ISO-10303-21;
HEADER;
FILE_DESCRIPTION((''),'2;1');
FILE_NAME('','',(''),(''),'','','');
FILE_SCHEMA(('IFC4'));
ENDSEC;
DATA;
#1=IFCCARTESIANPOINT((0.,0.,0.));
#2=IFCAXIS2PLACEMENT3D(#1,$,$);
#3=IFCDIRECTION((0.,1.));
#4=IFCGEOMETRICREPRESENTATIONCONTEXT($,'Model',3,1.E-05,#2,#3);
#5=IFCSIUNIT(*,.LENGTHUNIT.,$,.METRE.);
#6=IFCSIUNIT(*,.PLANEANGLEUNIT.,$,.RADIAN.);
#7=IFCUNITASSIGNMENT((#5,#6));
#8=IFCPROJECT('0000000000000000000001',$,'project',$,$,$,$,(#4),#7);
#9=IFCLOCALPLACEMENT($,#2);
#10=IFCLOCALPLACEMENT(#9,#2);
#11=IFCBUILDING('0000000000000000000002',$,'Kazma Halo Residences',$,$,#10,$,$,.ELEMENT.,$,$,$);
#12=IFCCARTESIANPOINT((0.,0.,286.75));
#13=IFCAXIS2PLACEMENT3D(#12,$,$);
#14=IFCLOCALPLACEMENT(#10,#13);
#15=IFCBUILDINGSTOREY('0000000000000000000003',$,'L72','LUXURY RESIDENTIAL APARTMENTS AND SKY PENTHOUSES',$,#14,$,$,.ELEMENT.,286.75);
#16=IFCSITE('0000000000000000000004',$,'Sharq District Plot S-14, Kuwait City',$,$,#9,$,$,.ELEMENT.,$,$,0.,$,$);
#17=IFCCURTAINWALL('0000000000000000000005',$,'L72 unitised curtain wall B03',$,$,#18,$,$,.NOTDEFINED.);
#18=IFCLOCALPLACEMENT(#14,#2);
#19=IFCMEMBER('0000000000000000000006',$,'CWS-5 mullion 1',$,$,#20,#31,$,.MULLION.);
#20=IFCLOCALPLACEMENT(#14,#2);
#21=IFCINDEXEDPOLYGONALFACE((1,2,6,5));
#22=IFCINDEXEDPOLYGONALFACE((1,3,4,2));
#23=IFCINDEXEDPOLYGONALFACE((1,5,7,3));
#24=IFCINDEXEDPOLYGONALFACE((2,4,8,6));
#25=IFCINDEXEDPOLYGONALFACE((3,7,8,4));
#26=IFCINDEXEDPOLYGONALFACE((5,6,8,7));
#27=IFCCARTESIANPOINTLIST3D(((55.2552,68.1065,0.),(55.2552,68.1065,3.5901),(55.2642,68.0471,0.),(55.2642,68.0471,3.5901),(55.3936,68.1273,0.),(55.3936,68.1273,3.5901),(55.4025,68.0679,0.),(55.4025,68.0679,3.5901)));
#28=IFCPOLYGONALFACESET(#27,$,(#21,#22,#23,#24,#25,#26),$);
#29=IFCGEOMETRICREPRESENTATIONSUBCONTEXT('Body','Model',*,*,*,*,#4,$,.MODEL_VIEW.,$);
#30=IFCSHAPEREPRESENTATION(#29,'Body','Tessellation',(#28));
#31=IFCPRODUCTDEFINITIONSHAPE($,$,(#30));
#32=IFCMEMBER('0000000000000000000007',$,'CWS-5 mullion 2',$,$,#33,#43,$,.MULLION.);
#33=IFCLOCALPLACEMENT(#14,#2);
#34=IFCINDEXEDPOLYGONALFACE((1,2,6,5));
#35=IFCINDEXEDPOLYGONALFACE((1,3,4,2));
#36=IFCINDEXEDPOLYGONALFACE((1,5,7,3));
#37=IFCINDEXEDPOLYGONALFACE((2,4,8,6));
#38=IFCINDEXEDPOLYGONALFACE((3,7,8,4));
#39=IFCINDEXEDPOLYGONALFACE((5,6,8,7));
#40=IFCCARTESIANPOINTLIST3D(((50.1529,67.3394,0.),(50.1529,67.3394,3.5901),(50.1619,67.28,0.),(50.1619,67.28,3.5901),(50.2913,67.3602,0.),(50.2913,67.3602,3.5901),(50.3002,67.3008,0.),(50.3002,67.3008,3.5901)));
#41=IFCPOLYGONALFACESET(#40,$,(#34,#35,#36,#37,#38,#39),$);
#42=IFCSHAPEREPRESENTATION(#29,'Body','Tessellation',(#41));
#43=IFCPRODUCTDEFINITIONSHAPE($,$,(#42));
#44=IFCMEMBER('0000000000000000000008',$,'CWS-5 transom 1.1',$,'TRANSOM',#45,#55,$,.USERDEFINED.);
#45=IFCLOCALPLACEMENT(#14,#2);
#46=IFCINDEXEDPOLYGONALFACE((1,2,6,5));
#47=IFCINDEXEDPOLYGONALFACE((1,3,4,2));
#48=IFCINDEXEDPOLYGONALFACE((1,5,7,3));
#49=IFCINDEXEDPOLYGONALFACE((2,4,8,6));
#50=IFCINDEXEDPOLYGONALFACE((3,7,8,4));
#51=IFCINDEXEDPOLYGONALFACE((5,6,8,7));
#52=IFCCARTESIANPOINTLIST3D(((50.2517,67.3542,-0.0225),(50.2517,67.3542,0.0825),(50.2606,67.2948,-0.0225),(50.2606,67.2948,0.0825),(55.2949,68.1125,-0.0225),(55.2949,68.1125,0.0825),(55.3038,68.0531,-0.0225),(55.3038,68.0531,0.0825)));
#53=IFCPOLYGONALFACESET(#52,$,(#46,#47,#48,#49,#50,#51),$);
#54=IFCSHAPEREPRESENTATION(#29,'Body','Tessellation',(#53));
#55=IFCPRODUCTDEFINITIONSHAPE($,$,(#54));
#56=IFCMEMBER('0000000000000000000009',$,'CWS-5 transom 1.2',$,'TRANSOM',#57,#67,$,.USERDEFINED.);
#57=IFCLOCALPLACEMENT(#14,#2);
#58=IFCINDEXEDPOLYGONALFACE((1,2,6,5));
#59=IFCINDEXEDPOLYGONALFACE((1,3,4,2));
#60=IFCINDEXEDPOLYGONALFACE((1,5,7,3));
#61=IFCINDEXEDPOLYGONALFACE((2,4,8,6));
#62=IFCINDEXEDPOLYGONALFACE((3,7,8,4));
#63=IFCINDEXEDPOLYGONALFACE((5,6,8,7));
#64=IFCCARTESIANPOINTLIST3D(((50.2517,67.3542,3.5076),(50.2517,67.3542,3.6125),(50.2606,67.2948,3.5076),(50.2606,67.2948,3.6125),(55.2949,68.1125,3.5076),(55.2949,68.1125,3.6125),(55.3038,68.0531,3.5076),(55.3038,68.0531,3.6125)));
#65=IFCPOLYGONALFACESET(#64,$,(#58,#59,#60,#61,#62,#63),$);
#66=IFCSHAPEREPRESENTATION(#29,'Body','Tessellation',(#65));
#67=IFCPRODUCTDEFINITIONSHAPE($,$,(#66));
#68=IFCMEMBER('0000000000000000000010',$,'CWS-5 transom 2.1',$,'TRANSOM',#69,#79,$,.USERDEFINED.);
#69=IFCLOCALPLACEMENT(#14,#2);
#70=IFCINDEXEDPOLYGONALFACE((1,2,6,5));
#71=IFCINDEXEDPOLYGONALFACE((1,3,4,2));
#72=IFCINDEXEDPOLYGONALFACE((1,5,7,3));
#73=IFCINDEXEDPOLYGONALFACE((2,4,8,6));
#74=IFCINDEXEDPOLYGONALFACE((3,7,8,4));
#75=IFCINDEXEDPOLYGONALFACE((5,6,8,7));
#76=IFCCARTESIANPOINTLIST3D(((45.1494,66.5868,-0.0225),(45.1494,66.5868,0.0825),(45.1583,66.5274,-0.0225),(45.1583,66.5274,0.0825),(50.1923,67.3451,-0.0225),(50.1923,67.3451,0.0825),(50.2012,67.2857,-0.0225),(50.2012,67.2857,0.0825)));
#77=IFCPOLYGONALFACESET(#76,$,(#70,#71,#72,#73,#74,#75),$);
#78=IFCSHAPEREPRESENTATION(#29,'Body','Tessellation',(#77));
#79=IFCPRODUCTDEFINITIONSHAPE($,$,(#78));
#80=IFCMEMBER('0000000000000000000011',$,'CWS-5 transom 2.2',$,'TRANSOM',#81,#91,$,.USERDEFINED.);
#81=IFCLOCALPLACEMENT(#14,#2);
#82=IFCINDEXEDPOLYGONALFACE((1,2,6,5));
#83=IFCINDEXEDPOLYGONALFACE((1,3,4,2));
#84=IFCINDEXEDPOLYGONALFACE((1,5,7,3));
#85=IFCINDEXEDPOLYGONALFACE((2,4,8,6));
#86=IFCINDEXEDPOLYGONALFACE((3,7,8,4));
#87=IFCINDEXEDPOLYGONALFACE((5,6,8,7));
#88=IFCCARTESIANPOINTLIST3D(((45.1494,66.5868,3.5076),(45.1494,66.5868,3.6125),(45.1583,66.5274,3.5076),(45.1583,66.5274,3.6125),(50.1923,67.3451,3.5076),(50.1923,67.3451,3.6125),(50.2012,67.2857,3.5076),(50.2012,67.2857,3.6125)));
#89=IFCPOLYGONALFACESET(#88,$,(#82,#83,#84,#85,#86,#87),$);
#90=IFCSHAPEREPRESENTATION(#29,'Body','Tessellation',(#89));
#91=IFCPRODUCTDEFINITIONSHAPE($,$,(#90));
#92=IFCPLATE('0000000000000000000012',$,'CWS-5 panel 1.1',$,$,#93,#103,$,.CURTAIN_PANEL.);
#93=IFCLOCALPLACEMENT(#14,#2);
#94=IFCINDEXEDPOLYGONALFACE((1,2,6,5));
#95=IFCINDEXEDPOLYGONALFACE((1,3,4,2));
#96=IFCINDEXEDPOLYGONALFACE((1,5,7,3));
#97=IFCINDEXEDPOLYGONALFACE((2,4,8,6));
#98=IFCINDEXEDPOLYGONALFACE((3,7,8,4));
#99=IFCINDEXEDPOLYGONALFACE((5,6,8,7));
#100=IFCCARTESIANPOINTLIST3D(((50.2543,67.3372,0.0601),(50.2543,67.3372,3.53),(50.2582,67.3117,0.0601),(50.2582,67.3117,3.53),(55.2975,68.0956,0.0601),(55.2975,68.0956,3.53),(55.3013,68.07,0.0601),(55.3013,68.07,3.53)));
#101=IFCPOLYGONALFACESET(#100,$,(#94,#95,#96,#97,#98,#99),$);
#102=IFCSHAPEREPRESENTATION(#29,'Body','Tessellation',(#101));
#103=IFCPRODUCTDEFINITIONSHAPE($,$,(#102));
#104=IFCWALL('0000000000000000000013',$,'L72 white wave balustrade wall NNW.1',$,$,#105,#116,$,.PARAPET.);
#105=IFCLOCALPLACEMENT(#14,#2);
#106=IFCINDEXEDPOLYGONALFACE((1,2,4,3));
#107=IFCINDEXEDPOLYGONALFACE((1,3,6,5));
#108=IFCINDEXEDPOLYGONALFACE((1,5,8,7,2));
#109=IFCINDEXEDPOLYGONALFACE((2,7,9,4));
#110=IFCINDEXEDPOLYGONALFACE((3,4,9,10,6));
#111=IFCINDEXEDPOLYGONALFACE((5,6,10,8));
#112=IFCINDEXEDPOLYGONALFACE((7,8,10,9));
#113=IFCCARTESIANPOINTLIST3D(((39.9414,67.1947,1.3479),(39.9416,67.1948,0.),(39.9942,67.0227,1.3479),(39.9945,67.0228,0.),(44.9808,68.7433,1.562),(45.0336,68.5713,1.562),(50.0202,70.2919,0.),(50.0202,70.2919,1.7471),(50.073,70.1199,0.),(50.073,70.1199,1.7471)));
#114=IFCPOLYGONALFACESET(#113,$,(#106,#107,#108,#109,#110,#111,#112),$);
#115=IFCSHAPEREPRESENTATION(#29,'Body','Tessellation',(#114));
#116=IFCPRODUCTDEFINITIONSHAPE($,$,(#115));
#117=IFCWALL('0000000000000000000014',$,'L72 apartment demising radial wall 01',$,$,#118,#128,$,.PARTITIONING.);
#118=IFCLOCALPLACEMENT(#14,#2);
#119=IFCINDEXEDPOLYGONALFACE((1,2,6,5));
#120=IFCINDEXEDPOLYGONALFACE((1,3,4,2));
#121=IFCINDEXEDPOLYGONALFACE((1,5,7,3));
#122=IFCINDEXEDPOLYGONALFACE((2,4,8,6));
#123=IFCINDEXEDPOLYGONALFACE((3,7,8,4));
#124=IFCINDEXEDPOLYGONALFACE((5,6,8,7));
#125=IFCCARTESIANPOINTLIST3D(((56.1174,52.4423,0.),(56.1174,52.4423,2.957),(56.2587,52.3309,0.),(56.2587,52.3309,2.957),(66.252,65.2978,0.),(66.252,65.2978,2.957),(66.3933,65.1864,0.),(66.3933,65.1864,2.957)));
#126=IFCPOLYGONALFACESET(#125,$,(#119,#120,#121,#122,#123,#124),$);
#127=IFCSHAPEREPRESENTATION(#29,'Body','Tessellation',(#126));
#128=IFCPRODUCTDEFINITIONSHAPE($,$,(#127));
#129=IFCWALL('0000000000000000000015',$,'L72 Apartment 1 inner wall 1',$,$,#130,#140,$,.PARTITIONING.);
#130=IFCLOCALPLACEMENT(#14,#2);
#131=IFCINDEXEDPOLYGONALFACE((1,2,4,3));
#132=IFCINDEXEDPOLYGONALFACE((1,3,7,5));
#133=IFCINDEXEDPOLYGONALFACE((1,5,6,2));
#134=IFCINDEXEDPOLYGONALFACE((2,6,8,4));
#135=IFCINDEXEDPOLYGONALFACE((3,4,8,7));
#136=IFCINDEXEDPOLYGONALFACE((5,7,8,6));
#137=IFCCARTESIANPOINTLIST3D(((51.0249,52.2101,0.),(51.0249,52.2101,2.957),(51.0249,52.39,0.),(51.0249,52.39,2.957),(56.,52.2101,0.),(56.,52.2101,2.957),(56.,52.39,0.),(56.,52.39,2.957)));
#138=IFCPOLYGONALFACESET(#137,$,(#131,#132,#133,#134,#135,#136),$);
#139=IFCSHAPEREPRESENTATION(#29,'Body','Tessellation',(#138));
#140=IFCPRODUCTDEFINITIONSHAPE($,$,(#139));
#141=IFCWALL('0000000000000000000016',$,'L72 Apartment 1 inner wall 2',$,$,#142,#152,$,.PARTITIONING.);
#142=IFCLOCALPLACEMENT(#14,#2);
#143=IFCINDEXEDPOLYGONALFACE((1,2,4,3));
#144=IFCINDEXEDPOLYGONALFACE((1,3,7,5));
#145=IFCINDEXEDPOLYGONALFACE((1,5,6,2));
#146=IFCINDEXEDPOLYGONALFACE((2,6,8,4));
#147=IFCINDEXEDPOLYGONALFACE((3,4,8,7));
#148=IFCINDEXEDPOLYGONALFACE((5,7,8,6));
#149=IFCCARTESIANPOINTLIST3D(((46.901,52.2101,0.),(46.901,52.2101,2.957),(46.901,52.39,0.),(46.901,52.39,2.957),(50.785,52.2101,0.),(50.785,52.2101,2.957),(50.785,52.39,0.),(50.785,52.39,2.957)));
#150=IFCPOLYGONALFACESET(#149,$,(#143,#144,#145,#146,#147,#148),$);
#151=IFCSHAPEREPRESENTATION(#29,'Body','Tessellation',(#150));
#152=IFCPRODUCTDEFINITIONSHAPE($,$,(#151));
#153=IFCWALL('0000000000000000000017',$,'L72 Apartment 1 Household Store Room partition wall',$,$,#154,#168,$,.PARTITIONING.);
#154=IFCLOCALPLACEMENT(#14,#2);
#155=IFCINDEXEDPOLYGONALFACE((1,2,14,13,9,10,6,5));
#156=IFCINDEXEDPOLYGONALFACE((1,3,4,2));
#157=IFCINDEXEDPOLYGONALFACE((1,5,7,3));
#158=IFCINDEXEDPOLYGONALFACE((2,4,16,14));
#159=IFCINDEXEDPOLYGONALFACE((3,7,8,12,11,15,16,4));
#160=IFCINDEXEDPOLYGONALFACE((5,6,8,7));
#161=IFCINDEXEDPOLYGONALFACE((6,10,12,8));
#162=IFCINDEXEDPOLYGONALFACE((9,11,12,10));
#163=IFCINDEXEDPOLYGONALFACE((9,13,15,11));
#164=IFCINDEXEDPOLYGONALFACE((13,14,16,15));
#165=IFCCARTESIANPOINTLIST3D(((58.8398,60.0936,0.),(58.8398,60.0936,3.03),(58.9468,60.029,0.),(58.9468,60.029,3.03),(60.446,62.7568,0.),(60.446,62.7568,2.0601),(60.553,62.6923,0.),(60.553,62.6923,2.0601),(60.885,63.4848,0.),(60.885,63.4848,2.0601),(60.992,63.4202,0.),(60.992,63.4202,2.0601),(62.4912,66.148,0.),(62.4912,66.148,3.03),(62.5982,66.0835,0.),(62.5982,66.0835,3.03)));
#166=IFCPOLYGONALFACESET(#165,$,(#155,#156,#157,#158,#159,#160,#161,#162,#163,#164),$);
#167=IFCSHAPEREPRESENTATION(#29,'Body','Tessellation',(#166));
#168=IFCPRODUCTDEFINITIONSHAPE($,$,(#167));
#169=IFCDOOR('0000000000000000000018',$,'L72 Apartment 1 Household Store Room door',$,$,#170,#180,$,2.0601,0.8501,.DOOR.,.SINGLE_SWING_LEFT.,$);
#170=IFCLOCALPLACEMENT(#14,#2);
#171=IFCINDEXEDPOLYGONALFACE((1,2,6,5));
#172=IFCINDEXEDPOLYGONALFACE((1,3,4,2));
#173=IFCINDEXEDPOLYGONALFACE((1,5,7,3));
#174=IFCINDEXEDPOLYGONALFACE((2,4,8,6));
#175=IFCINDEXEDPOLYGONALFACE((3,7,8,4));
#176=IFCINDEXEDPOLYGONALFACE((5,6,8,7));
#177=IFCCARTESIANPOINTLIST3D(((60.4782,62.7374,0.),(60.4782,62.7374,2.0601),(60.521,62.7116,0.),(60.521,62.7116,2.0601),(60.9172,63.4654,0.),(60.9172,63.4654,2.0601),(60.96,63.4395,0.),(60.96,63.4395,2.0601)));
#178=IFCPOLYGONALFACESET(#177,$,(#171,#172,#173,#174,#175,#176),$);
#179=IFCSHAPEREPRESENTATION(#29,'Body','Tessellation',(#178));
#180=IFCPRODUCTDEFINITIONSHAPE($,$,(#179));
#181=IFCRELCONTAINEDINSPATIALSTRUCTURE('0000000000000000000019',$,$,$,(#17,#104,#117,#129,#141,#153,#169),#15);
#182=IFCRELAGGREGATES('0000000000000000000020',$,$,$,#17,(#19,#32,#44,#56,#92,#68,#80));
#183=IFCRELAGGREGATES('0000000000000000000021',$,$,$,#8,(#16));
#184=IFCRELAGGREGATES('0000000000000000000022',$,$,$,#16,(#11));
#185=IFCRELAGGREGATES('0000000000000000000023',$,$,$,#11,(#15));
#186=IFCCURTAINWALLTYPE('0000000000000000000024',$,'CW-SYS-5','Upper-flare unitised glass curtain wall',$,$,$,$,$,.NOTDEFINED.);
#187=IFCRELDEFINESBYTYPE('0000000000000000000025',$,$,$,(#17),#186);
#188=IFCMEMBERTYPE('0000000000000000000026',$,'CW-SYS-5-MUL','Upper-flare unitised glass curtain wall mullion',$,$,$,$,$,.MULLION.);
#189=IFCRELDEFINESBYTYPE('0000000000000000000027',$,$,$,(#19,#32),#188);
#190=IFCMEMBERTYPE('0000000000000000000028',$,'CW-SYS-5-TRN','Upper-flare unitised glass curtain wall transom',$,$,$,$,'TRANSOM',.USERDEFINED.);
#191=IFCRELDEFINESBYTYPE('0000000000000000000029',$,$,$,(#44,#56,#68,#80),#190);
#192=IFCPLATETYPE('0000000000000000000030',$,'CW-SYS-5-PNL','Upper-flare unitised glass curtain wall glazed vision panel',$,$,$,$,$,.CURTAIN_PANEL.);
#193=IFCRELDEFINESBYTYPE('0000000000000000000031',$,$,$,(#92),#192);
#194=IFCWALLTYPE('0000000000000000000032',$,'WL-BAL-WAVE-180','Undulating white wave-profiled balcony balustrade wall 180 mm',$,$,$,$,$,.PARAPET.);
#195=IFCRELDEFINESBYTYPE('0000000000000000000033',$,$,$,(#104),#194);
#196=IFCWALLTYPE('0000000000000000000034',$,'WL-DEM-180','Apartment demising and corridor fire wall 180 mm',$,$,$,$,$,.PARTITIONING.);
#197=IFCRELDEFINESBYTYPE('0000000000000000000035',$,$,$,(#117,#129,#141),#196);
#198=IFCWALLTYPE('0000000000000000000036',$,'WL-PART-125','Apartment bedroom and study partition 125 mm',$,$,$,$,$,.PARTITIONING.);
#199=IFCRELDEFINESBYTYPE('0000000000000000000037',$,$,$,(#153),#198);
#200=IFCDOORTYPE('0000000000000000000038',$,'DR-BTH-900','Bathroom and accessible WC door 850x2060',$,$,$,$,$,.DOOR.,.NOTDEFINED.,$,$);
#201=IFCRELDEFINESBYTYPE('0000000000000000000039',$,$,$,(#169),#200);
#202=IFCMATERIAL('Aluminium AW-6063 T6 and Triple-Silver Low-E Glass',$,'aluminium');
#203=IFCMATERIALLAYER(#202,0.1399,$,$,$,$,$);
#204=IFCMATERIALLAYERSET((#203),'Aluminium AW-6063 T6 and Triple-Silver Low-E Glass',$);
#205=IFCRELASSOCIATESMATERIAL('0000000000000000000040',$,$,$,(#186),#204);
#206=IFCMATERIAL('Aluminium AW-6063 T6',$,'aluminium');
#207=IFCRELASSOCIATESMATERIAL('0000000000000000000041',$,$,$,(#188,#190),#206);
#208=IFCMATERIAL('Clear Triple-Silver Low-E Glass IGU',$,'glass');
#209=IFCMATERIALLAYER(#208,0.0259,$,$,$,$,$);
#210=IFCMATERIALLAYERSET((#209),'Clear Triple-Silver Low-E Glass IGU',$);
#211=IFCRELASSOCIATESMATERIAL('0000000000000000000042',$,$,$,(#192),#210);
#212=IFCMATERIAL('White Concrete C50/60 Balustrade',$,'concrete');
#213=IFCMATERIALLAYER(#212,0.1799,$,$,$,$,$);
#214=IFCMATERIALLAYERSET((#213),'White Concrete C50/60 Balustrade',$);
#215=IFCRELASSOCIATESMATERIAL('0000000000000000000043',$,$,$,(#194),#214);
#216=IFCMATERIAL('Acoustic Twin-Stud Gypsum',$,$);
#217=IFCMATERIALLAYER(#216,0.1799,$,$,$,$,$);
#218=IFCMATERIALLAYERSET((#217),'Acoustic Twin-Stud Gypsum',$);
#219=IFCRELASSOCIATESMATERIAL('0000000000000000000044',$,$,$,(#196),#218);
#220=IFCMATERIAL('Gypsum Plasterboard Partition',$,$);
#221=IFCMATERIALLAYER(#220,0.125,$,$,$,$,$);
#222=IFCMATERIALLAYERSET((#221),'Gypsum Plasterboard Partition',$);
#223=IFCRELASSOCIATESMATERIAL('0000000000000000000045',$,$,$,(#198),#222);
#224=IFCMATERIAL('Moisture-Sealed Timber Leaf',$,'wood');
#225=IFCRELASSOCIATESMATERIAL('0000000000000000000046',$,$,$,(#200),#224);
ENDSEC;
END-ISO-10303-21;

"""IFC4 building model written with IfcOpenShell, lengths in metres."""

from ifc_helpers import new_model, si_unit, direction, frame, frame_2d, origin, origin_2d, place, context, subcontext, project, spatial, polyline, rectangle, outline, extrude, material, layer, layer_set, material_profile, profile_set, type_object, element, fill, aggregate, save


model = new_model("IFC4")

# Units and contexts
model_context = context("Model", 3, precision=1e-05, world=origin(), true_north=direction((0.0, 1.0)))
body_context = subcontext(model_context, "Body", "Model", "MODEL_VIEW")
ifc_project = project(units=[si_unit("LENGTHUNIT", "METRE"), si_unit("PLANEANGLEUNIT", "RADIAN")], contexts=[model_context])

# Site, building, storey
site_placement = place(None, origin())
site = spatial("IfcSite", under=ifc_project, at=site_placement, Name="Sharq District Plot S-14, Kuwait City", CompositionType="ELEMENT", RefElevation=0.0)
building_placement = place(site_placement, origin())
building = spatial("IfcBuilding", under=site, at=building_placement, Name="Kazma Halo Residences", CompositionType="ELEMENT")
storey_placement = place(building_placement, frame((0.0, 0.0, 286.75)))
storey = spatial("IfcBuildingStorey", under=building, at=storey_placement, Name="L72", Description="LUXURY RESIDENTIAL APARTMENTS AND SKY PENTHOUSES", CompositionType="ELEMENT", Elevation=286.75)

# Curtain wall, members, plate
ifc_material_1 = material(Name="Aluminium AW-6063 T6 and Triple-Silver Low-E Glass", Category="aluminium")
ifc_layer_1 = layer(ifc_material_1, 0.1399)
ifc_layer_set_1 = layer_set([ifc_layer_1], Name="Aluminium AW-6063 T6 and Triple-Silver Low-E Glass")
curtain_wall_type = type_object("IfcCurtainWallType", Name="CW-SYS-5", Description="Upper-flare unitised glass curtain wall", PredefinedType="NOTDEFINED", material=ifc_layer_set_1)
curtain_wall_placement = place(storey_placement, origin())
curtain_wall = element("IfcCurtainWall", 1, at=curtain_wall_placement, inside=storey, type_object=curtain_wall_type, Name="L72 unitised curtain wall B03", PredefinedType="NOTDEFINED")
ifc_material_2 = material(Name="Aluminium AW-6063 T6", Category="aluminium")
ifc_material_profile_1 = material_profile(ifc_material_2, rectangle(XDim=0.0601, YDim=0.1399, at=origin_2d()), Name="CWM-60x140")
ifc_profile_set_1 = profile_set([ifc_material_profile_1], Name="Aluminium AW-6063 T6")
member_type_1 = type_object("IfcMemberType", Name="CW-SYS-5-MUL", Description="Upper-flare unitised glass curtain wall mullion", PredefinedType="MULLION", material=ifc_profile_set_1)
member_1_placement = place(storey_placement, frame((55.3289, 68.0872, 0.0), z_axis=(0.0, 0.0, 1.0), x_axis=(0.148697, -0.988883, 0.0)))
member_1 = element("IfcMember", 2, at=member_1_placement, type_object=member_type_1, Name="CWS-5 mullion 1", PredefinedType="MULLION", context=body_context, shape_type="SweptSolid", body=[
    extrude(rectangle(XDim=0.0601, YDim=0.1399, at=origin_2d()), origin(), (0.0, 0.0, 1.0), 3.5901),
])
member_2_placement = place(storey_placement, frame((50.2266, 67.3201, 0.0), z_axis=(0.0, 0.0, 1.0), x_axis=(0.148697, -0.988883, 0.0)))
member_2 = element("IfcMember", 3, at=member_2_placement, type_object=member_type_1, Name="CWS-5 mullion 2", PredefinedType="MULLION", context=body_context, shape_type="SweptSolid", body=[
    extrude(rectangle(XDim=0.0601, YDim=0.1399, at=origin_2d()), origin(), (0.0, 0.0, 1.0), 3.5901),
])
ifc_material_profile_2 = material_profile(ifc_material_2, rectangle(XDim=0.0601, YDim=0.105, at=origin_2d()), Name="CWT-60x105")
ifc_profile_set_2 = profile_set([ifc_material_profile_2], Name="Aluminium AW-6063 T6")
member_type_2 = type_object("IfcMemberType", Name="CW-SYS-5-TRN", Description="Upper-flare unitised glass curtain wall transom", ElementType="TRANSOM", PredefinedType="USERDEFINED", material=ifc_profile_set_2)
member_3_placement = place(storey_placement, frame((55.2993, 68.0828, 0.03), z_axis=(-0.988884, -0.148689, 0.0), x_axis=(0.148689, -0.988884, 0.0)))
member_3 = element("IfcMember", 4, at=member_3_placement, type_object=member_type_2, Name="CWS-5 transom 1.1", ObjectType="TRANSOM", PredefinedType="USERDEFINED", context=body_context, shape_type="SweptSolid", body=[
    extrude(rectangle(XDim=0.0601, YDim=0.105, at=origin_2d()), origin(), (0.0, 0.0, 1.0), 5.0999),
])
member_4_placement = place(storey_placement, frame((55.2993, 68.0828, 3.5601), z_axis=(-0.988884, -0.148689, 0.0), x_axis=(0.148689, -0.988884, 0.0)))
member_4 = element("IfcMember", 5, at=member_4_placement, type_object=member_type_2, Name="CWS-5 transom 1.2", ObjectType="TRANSOM", PredefinedType="USERDEFINED", context=body_context, shape_type="SweptSolid", body=[
    extrude(rectangle(XDim=0.0601, YDim=0.105, at=origin_2d()), origin(), (0.0, 0.0, 1.0), 5.0999),
])
member_5_placement = place(storey_placement, frame((50.1968, 67.3154, 0.03), z_axis=(-0.988883, -0.148696, 0.0), x_axis=(0.148696, -0.988883, 0.0)))
member_5 = element("IfcMember", 6, at=member_5_placement, type_object=member_type_2, Name="CWS-5 transom 2.1", ObjectType="TRANSOM", PredefinedType="USERDEFINED", context=body_context, shape_type="SweptSolid", body=[
    extrude(rectangle(XDim=0.0601, YDim=0.105, at=origin_2d()), origin(), (0.0, 0.0, 1.0), 5.0996),
])
member_6_placement = place(storey_placement, frame((50.1968, 67.3154, 3.5601), z_axis=(-0.988883, -0.148696, 0.0), x_axis=(0.148696, -0.988883, 0.0)))
member_6 = element("IfcMember", 7, at=member_6_placement, type_object=member_type_2, Name="CWS-5 transom 2.2", ObjectType="TRANSOM", PredefinedType="USERDEFINED", context=body_context, shape_type="SweptSolid", body=[
    extrude(rectangle(XDim=0.0601, YDim=0.105, at=origin_2d()), origin(), (0.0, 0.0, 1.0), 5.0996),
])
ifc_material_3 = material(Name="Clear Triple-Silver Low-E Glass IGU", Category="glass")
ifc_layer_2 = layer(ifc_material_3, 0.0259)
ifc_layer_set_2 = layer_set([ifc_layer_2], Name="Clear Triple-Silver Low-E Glass IGU")
plate_type = type_object("IfcPlateType", Name="CW-SYS-5-PNL", Description="Upper-flare unitised glass curtain wall glazed vision panel", PredefinedType="CURTAIN_PANEL", material=ifc_layer_set_2)
plate_placement = place(storey_placement, frame((52.7778, 67.7036, 0.0601), z_axis=(0.0, 0.0, 1.0), x_axis=(-0.988883, -0.148697, 0.0)))
plate = element("IfcPlate", 8, at=plate_placement, type_object=plate_type, Name="CWS-5 panel 1.1", PredefinedType="CURTAIN_PANEL", context=body_context, shape_type="SweptSolid", body=[
    extrude(rectangle(XDim=5.0999, YDim=0.0259, at=origin_2d()), origin(), (0.0, 0.0, 1.0), 3.47),
])
aggregate(curtain_wall, [member_1, member_2, member_3, member_4, plate, member_5, member_6])

# Walls
ifc_material_4 = material(Name="White Concrete C50/60 Balustrade", Category="concrete")
ifc_layer_3 = layer(ifc_material_4, 0.1799)
ifc_layer_set_3 = layer_set([ifc_layer_3], Name="White Concrete C50/60 Balustrade")
wall_type_1 = type_object("IfcWallType", Name="WL-BAL-WAVE-180", Description="Undulating white wave-profiled balcony balustrade wall 180 mm", PredefinedType="PARAPET", material=ifc_layer_set_3)
wall_1_placement = place(storey_placement, frame((50.0466, 70.2058, 0.0), z_axis=(0.0, 0.0, 1.0), x_axis=(-0.955884, -0.293744, 0.0)))
element("IfcWall", 9, at=wall_1_placement, inside=storey, type_object=wall_type_1, Name="L72 white wave balustrade wall NNW.1", PredefinedType="PARAPET", context=body_context, shape_type="SweptSolid", body=[
    extrude(outline(polyline([(0.0, 0.0), (10.5437, 0.0), (10.5439, 1.3479), (5.272, 1.562), (0.0, 1.7471), (0.0, 0.0)])), frame((0.0, 0.0898, 0.0), z_axis=(0.0, -1.0, 0.0), x_axis=(1.0, 0.0, 0.0)), (0.0, 0.0, 1.0), 0.1799),
])
ifc_material_5 = material(Name="Acoustic Twin-Stud Gypsum")
ifc_layer_4 = layer(ifc_material_5, 0.1799)
ifc_layer_set_4 = layer_set([ifc_layer_4], Name="Acoustic Twin-Stud Gypsum")
wall_type_2 = type_object("IfcWallType", Name="WL-DEM-180", Description="Apartment demising and corridor fire wall 180 mm", PredefinedType="PARTITIONING", material=ifc_layer_set_4)
wall_2_placement = place(storey_placement, frame((56.188, 52.3865, 0.0), z_axis=(0.0, 0.0, 1.0), x_axis=(0.619097, 0.785314, 0.0)))
element("IfcWall", 10, at=wall_2_placement, inside=storey, type_object=wall_type_2, Name="L72 apartment demising radial wall 01", PredefinedType="PARTITIONING", context=body_context, shape_type="SweptSolid", body=[
    extrude(rectangle(XDim=16.3699, YDim=0.1799, at=frame_2d((8.1851, 0.0))), origin(), (0.0, 0.0, 1.0), 2.957),
])
wall_3_placement = place(storey_placement, frame((56.0, 52.3, 0.0), z_axis=(0.0, 0.0, 1.0), x_axis=(-1.0, 0.0, 0.0)))
element("IfcWall", 11, at=wall_3_placement, inside=storey, type_object=wall_type_2, Name="L72 Apartment 1 inner wall 1", PredefinedType="PARTITIONING", context=body_context, shape_type="SweptSolid", body=[
    extrude(rectangle(XDim=4.9751, YDim=0.1799, at=frame_2d((2.4875, 0.0))), origin(), (0.0, 0.0, 1.0), 2.957),
])
wall_4_placement = place(storey_placement, frame((50.7849, 52.3, 0.0), z_axis=(0.0, 0.0, 1.0), x_axis=(-1.0, 0.0, 0.0)))
element("IfcWall", 12, at=wall_4_placement, inside=storey, type_object=wall_type_2, Name="L72 Apartment 1 inner wall 2", PredefinedType="PARTITIONING", context=body_context, shape_type="SweptSolid", body=[
    extrude(rectangle(XDim=3.884, YDim=0.1799, at=frame_2d((1.9419, 0.0))), origin(), (0.0, 0.0, 1.0), 2.957),
])

# Wall, opening, door
ifc_material_6 = material(Name="Gypsum Plasterboard Partition")
ifc_layer_5 = layer(ifc_material_6, 0.125)
ifc_layer_set_5 = layer_set([ifc_layer_5], Name="Gypsum Plasterboard Partition")
wall_type_3 = type_object("IfcWallType", Name="WL-PART-125", Description="Apartment bedroom and study partition 125 mm", PredefinedType="PARTITIONING", material=ifc_layer_set_5)
wall_5_placement = place(storey_placement, frame((58.8933, 60.0613, 0.0), z_axis=(0.0, 0.0, 1.0), x_axis=(0.516439, 0.856324, 0.0)))
wall_5 = element("IfcWall", 13, at=wall_5_placement, inside=storey, type_object=wall_type_3, Name="L72 Apartment 1 Household Store Room partition wall", PredefinedType="PARTITIONING", context=body_context, shape_type="SweptSolid", body=[
    extrude(rectangle(XDim=7.0703, YDim=0.125, at=frame_2d((3.5352, 0.0))), origin(), (0.0, 0.0, 1.0), 3.03),
])
opening_1_placement = place(wall_5_placement, frame((3.1101, 0.0, 0.0)))
opening_1 = element("IfcOpeningElement", 14, at=opening_1_placement, cuts=wall_5, PredefinedType="OPENING", context=body_context, shape_type="SweptSolid", body=[
    extrude(rectangle(XDim=0.8501, YDim=2.0601, at=frame_2d((0.425, 1.03))), frame((0.0, 0.0725, 0.0), z_axis=(0.0, -1.0, 0.0), x_axis=(1.0, 0.0, 0.0)), (0.0, 0.0, 1.0), 0.145),
])
ifc_material_7 = material(Name="Moisture-Sealed Timber Leaf", Category="wood")
door_type_1 = type_object("IfcDoorType", Name="DR-BTH-900", Description="Bathroom and accessible WC door 850x2060", OperationType="NOTDEFINED", PredefinedType="DOOR", material=ifc_material_7)
door_1_placement = place(opening_1_placement, origin())
door_1 = element("IfcDoor", 15, at=door_1_placement, inside=storey, type_object=door_type_1, Name="L72 Apartment 1 Household Store Room door", OperationType="SINGLE_SWING_LEFT", OverallHeight=2.0601, OverallWidth=0.8501, PredefinedType="DOOR", context=body_context, shape_type="SweptSolid", body=[
    extrude(rectangle(XDim=0.8501, YDim=2.0601, at=frame_2d((0.425, 1.03))), frame((0.0, 0.0249, 0.0), z_axis=(0.0, -1.0, 0.0), x_axis=(1.0, 0.0, 0.0)), (0.0, 0.0, 1.0), 0.05),
])
fill(opening_1, door_1)

save(model, "model.ifc")
